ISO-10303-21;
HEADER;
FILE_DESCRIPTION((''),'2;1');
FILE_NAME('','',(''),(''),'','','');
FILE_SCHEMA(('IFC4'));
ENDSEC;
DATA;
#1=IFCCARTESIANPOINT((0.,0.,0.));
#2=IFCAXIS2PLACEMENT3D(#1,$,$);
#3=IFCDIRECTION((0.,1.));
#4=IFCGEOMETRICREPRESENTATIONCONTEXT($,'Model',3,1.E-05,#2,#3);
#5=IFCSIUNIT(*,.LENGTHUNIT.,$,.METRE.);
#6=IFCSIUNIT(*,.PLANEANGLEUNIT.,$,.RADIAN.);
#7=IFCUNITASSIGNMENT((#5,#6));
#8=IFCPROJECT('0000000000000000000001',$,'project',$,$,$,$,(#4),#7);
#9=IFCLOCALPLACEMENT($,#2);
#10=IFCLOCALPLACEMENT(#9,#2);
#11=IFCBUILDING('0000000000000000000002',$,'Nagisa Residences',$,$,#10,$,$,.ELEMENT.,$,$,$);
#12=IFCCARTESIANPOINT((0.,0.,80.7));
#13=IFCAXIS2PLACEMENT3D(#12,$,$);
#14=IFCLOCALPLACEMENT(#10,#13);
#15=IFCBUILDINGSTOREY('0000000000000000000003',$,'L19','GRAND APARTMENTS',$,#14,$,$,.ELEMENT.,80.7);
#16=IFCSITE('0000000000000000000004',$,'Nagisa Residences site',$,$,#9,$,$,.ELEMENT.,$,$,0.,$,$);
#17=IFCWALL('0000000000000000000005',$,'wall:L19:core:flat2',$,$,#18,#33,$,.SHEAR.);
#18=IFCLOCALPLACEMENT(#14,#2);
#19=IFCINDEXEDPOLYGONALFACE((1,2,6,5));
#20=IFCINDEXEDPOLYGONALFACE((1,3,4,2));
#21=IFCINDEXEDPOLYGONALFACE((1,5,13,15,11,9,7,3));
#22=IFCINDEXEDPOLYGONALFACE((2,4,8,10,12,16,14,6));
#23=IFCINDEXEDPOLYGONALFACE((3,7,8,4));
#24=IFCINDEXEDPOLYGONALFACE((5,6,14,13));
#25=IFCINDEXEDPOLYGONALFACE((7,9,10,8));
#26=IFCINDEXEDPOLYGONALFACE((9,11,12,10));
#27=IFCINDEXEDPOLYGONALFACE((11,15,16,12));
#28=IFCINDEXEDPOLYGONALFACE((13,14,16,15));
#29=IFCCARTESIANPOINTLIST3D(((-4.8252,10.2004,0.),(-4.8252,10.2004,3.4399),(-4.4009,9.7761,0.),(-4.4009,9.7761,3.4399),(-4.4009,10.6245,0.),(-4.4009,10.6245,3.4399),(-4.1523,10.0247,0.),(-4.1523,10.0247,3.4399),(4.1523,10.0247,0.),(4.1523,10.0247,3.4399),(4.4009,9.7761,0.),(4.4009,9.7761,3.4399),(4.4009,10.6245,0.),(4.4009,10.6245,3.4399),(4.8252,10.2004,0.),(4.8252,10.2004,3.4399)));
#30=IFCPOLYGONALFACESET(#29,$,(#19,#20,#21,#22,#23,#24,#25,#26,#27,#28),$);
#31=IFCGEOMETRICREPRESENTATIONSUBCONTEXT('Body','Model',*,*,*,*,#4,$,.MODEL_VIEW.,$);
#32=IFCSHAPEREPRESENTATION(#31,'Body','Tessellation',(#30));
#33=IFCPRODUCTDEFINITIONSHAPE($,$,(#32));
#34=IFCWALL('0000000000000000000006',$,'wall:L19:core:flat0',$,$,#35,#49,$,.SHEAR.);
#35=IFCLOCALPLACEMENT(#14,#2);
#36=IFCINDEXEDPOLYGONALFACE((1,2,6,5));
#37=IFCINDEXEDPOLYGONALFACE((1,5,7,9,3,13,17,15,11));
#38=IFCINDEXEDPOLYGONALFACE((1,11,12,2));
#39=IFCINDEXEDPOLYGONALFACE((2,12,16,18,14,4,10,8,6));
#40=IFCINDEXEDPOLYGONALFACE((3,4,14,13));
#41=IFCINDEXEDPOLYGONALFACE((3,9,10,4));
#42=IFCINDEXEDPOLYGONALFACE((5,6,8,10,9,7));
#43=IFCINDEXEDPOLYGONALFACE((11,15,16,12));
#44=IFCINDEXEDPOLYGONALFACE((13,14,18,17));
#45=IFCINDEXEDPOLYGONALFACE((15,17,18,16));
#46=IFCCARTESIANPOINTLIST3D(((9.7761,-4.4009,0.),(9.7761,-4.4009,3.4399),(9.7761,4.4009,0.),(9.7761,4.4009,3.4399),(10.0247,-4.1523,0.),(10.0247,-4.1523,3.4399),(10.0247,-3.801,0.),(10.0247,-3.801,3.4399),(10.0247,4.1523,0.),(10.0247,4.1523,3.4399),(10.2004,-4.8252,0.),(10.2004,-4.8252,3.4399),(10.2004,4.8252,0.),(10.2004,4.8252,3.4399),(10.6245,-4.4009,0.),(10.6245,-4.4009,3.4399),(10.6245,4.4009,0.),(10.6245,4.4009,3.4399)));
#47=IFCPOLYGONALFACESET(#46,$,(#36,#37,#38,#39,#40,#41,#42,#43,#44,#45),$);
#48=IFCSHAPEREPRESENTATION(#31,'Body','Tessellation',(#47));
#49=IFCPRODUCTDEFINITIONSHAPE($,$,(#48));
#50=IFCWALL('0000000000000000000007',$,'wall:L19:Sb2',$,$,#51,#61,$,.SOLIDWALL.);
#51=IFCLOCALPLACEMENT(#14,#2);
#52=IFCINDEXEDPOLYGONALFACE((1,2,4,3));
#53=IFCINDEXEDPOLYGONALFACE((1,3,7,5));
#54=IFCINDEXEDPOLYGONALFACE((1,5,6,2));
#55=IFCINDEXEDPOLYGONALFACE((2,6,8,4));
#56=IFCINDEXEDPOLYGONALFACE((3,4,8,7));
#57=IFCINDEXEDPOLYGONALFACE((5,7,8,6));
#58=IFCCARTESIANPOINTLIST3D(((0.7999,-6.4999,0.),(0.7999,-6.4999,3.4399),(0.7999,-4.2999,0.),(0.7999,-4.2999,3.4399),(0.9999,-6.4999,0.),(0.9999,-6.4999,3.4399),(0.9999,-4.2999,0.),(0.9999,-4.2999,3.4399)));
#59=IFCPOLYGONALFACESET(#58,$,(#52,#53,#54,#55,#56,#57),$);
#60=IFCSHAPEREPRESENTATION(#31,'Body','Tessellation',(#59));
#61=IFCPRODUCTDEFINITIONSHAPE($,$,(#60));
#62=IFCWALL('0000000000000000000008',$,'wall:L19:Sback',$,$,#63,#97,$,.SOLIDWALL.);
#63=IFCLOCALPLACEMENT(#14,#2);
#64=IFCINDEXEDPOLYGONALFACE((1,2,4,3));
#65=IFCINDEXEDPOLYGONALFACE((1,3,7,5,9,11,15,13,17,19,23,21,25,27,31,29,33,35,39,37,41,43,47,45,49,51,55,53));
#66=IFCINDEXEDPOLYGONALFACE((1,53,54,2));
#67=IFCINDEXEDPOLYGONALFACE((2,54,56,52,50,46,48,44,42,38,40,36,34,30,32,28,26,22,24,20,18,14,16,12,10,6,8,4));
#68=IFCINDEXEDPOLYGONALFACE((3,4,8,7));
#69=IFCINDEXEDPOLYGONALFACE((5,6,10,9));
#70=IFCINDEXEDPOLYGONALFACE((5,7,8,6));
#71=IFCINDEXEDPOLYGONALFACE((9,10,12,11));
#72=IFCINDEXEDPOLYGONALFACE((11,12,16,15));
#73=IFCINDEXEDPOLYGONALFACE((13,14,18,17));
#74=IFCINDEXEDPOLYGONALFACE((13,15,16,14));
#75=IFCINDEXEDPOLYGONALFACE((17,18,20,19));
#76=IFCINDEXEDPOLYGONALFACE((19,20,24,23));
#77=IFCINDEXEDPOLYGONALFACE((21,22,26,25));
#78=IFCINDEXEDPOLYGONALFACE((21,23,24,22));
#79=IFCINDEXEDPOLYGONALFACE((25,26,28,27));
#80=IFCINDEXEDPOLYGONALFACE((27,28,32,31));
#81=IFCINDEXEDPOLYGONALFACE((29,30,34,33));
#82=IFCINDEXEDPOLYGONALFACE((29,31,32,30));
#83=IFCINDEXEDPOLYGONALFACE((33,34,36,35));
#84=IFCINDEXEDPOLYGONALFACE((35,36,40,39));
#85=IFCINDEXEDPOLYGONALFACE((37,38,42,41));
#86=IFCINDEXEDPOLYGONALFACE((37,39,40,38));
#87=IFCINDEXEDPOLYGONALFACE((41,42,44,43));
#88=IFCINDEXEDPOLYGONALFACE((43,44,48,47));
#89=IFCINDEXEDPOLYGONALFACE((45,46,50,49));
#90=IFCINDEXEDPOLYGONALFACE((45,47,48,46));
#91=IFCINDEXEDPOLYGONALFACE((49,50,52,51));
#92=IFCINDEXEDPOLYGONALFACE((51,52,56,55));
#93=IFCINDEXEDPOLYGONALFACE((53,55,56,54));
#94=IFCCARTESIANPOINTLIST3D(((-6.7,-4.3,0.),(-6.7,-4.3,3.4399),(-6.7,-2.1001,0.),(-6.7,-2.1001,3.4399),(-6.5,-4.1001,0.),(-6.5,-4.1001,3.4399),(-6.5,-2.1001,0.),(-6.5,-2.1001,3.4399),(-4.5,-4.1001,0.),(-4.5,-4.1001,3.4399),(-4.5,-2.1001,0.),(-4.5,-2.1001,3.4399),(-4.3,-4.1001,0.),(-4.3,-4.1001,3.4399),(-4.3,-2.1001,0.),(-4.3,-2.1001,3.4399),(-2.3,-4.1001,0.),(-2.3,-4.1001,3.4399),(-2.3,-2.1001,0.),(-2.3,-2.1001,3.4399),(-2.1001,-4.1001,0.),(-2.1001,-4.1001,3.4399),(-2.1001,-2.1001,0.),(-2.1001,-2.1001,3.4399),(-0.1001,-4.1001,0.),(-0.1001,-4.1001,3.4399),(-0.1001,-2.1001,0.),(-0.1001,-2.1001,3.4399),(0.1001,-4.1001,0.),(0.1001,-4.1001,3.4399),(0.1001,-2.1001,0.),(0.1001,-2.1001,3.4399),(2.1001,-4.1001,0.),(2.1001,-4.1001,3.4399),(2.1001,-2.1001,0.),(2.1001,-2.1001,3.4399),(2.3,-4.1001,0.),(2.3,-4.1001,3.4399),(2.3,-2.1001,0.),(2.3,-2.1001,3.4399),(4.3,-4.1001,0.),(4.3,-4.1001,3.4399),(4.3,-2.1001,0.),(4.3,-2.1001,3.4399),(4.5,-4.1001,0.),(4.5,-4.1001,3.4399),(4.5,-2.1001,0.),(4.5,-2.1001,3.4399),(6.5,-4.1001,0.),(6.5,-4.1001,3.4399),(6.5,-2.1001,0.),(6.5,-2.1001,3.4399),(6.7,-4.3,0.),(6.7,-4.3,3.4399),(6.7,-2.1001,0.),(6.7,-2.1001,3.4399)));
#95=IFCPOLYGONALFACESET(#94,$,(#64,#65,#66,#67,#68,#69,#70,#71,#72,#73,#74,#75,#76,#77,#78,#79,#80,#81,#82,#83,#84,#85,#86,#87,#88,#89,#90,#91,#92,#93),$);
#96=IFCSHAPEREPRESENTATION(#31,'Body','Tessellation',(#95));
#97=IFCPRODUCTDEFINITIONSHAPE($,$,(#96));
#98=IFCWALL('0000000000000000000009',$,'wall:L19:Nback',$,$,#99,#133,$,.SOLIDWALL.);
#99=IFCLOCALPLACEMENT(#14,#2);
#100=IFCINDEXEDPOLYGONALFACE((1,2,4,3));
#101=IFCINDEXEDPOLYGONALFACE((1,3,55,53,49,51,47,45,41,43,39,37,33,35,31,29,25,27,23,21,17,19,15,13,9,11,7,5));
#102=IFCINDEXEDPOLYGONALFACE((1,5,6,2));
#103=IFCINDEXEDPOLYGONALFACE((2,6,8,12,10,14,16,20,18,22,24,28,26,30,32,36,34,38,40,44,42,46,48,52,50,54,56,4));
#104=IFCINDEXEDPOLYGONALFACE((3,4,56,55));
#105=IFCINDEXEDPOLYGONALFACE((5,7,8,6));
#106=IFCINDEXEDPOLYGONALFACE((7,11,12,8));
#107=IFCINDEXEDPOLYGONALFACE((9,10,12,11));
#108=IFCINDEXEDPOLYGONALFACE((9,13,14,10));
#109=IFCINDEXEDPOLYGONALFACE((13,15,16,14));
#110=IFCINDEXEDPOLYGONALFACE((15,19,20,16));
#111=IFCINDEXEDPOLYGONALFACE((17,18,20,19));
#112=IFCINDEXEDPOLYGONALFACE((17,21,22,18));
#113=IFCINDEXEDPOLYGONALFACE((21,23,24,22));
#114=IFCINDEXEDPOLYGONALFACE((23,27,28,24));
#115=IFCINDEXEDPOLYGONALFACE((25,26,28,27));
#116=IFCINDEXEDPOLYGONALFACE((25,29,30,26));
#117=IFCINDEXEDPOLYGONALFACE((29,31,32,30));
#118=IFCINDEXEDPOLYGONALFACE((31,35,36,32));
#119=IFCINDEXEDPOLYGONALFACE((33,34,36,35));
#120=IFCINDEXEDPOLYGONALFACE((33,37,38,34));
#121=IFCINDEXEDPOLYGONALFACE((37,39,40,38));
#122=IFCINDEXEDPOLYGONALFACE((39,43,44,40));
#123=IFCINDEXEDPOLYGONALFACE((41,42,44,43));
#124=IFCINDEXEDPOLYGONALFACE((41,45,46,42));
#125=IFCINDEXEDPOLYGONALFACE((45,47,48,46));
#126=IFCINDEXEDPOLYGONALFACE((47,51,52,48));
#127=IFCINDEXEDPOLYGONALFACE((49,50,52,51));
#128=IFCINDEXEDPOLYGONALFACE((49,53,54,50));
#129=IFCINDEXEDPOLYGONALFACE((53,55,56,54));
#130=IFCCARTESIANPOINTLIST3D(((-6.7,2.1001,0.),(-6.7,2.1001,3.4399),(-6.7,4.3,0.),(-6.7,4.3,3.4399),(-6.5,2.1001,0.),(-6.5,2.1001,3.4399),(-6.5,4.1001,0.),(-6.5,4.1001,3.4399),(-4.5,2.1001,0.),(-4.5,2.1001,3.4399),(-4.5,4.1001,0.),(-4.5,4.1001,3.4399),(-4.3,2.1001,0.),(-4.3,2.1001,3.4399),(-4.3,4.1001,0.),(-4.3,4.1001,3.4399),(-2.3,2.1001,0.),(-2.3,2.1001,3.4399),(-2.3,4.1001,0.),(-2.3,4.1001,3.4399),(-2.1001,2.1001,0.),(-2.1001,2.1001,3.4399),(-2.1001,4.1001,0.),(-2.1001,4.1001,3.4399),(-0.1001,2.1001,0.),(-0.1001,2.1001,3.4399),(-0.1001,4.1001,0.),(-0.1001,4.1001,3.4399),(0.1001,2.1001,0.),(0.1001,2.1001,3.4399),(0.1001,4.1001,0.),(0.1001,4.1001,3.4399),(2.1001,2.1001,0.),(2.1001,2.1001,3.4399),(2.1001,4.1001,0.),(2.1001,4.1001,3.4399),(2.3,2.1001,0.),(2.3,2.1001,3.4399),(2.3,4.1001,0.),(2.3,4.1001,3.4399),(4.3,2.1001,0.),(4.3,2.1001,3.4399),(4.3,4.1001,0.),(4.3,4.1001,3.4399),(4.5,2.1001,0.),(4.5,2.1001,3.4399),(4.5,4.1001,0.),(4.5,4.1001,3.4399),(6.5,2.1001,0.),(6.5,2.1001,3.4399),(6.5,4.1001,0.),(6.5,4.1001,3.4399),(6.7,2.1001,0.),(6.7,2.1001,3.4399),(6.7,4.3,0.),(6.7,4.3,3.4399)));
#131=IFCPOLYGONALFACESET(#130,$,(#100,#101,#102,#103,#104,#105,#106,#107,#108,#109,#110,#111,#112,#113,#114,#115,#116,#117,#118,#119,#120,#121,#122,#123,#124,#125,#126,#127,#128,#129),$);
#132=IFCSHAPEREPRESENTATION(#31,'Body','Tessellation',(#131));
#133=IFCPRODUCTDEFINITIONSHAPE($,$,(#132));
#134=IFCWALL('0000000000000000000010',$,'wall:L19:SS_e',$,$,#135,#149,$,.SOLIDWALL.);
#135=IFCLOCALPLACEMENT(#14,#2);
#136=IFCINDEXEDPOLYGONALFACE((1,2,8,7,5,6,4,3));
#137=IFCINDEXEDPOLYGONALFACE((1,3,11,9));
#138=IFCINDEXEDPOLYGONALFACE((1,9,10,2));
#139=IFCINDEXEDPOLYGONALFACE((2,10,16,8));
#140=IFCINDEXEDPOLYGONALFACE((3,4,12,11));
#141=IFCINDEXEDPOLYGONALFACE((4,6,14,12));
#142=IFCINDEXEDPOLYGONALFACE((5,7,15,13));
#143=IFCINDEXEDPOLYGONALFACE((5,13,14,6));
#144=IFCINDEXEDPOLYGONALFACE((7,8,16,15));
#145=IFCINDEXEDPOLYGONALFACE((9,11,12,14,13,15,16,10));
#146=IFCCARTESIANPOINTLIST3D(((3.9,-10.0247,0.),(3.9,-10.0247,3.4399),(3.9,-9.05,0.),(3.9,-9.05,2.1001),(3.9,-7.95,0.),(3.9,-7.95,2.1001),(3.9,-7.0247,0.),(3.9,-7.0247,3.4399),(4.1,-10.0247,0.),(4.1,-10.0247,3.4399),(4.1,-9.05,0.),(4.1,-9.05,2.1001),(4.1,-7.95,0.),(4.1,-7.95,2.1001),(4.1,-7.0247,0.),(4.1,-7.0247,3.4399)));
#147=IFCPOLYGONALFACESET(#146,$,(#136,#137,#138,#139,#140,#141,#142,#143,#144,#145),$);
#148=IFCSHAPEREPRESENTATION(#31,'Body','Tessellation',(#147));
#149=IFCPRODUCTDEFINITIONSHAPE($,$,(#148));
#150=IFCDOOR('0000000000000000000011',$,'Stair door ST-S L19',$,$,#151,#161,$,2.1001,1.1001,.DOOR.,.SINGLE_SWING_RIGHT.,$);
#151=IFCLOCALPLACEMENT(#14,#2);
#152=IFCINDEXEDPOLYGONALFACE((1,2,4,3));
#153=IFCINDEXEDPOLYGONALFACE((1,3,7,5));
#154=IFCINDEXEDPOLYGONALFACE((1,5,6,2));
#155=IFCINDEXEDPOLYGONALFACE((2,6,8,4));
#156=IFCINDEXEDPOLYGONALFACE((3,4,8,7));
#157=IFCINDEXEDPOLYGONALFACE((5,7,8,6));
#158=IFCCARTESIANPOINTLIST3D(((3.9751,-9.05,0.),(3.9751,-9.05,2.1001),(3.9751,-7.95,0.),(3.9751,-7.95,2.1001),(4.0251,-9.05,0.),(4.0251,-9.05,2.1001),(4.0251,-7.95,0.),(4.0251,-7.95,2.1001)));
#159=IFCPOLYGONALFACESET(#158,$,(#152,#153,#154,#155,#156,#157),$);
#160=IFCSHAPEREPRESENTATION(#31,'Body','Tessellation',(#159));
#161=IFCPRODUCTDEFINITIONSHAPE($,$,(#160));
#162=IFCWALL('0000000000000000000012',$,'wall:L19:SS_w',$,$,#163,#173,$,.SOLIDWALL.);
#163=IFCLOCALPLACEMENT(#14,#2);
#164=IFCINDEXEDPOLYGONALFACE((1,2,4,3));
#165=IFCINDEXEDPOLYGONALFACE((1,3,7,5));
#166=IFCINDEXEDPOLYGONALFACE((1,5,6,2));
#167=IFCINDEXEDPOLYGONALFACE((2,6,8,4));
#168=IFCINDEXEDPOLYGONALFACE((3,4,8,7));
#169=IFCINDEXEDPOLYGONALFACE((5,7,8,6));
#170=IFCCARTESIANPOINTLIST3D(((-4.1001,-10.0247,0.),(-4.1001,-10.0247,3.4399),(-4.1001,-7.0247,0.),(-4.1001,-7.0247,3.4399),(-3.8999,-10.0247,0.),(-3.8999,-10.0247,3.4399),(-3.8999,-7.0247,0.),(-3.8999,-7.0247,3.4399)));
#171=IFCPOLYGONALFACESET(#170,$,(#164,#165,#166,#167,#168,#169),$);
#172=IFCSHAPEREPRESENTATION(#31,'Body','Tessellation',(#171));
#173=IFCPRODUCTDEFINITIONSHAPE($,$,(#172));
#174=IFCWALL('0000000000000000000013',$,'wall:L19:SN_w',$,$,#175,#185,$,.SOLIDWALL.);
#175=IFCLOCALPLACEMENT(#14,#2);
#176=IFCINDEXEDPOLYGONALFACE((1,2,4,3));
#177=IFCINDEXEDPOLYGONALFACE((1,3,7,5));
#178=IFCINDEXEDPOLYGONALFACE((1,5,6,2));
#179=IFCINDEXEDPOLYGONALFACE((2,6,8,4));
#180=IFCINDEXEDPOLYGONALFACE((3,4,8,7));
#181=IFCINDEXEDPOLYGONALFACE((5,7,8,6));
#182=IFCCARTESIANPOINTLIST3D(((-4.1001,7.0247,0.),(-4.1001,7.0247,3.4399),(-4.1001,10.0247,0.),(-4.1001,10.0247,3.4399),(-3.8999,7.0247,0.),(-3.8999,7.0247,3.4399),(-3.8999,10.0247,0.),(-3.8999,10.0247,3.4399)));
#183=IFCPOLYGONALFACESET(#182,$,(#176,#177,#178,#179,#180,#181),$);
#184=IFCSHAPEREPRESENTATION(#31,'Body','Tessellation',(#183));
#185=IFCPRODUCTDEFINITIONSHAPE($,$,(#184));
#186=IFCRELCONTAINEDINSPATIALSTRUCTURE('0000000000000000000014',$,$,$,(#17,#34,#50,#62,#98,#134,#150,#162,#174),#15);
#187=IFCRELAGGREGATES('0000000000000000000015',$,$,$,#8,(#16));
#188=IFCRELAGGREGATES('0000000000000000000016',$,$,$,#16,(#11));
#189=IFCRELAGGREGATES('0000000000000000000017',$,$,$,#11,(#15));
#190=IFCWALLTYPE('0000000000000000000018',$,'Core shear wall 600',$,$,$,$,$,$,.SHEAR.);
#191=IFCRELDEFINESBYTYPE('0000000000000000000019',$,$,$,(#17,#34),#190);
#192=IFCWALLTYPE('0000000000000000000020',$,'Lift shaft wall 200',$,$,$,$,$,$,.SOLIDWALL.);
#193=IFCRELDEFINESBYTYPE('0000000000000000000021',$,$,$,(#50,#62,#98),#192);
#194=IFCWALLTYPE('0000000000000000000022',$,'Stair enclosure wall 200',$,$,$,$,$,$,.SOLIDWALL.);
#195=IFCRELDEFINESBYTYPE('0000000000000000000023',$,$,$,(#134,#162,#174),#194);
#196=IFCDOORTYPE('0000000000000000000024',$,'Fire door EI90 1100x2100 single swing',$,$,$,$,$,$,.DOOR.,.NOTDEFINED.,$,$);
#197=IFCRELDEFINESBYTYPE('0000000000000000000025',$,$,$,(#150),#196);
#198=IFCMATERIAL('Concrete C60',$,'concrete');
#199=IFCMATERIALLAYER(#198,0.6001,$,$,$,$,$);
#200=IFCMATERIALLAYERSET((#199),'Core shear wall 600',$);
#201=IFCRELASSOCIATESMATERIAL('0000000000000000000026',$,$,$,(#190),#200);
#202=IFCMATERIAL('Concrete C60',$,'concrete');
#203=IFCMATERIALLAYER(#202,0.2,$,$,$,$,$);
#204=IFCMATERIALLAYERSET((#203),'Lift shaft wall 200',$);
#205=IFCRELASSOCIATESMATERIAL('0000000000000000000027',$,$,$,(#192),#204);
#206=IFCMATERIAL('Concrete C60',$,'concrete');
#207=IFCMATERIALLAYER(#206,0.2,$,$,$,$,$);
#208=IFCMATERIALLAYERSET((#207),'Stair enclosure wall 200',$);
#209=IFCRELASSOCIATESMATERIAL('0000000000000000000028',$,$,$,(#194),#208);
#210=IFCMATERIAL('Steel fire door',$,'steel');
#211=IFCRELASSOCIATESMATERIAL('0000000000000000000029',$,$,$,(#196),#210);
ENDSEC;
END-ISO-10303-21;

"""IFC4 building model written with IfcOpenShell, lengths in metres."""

from ifc_helpers import new_model, si_unit, direction, frame, frame_2d, origin, place, context, subcontext, project, spatial, polyline, rectangle, outline, extrude, material, layer, layer_set, type_object, element, fill, save


model = new_model("IFC4")

# Units and contexts
model_context = context("Model", 3, precision=1e-05, world=origin(), true_north=direction((0.0, 1.0)))
body_context = subcontext(model_context, "Body", "Model", "MODEL_VIEW")
ifc_project = project(units=[si_unit("LENGTHUNIT", "METRE"), si_unit("PLANEANGLEUNIT", "RADIAN")], contexts=[model_context])

# Site, building, storey
site_placement = place(None, origin())
site = spatial("IfcSite", under=ifc_project, at=site_placement, Name="Nagisa Residences site", CompositionType="ELEMENT", RefElevation=0.0)
building_placement = place(site_placement, origin())
building = spatial("IfcBuilding", under=site, at=building_placement, Name="Nagisa Residences", CompositionType="ELEMENT")
storey_placement = place(building_placement, frame((0.0, 0.0, 80.7)))
storey = spatial("IfcBuildingStorey", under=building, at=storey_placement, Name="L19", Description="GRAND APARTMENTS", CompositionType="ELEMENT", Elevation=80.7)

# Walls
ifc_material_1 = material(Name="Concrete C60", Category="concrete")
ifc_layer_1 = layer(ifc_material_1, 0.6001)
ifc_layer_set_1 = layer_set([ifc_layer_1], Name="Core shear wall 600")
wall_type_1 = type_object("IfcWallType", Name="Core shear wall 600", PredefinedType="SHEAR", material=ifc_layer_set_1)
wall_1_placement = place(storey_placement, origin())
element("IfcWall", 1, at=wall_1_placement, inside=storey, type_object=wall_type_1, Name="wall:L19:core:flat2", PredefinedType="SHEAR", context=body_context, shape_type="SweptSolid", body=[
    extrude(outline(polyline([(-4.1523, 10.0247), (-4.4009, 9.7761), (-4.8252, 10.2004), (-4.4009, 10.6245), (4.4009, 10.6245), (4.8252, 10.2004), (4.4009, 9.7761), (4.1523, 10.0247), (-4.1523, 10.0247)])), origin(), (0.0, 0.0, 1.0), 3.4399),
])
wall_2_placement = place(storey_placement, origin())
element("IfcWall", 2, at=wall_2_placement, inside=storey, type_object=wall_type_1, Name="wall:L19:core:flat0", PredefinedType="SHEAR", context=body_context, shape_type="SweptSolid", body=[
    extrude(outline(polyline([(9.7761, -4.4009), (10.0247, -4.1523), (10.0247, -3.801), (10.0247, 4.1523), (9.7761, 4.4009), (10.2004, 4.8252), (10.6245, 4.4009), (10.6245, -4.4009), (10.2004, -4.8252), (9.7761, -4.4009)])), origin(), (0.0, 0.0, 1.0), 3.4399),
])
ifc_material_2 = material(Name="Concrete C60", Category="concrete")
ifc_layer_2 = layer(ifc_material_2, 0.2)
ifc_layer_set_2 = layer_set([ifc_layer_2], Name="Lift shaft wall 200")
wall_type_2 = type_object("IfcWallType", Name="Lift shaft wall 200", PredefinedType="SOLIDWALL", material=ifc_layer_set_2)
wall_3_placement = place(storey_placement, frame((0.8999, -6.5, 0.0), z_axis=(0.0, 0.0, 1.0), x_axis=(0.0, 1.0, 0.0)))
element("IfcWall", 3, at=wall_3_placement, inside=storey, type_object=wall_type_2, Name="wall:L19:Sb2", PredefinedType="SOLIDWALL", context=body_context, shape_type="SweptSolid", body=[
    extrude(rectangle(XDim=2.2, YDim=0.2, at=frame_2d((1.1001, 0.0))), origin(), (0.0, 0.0, 1.0), 3.4399),
])
wall_4_placement = place(storey_placement, origin())
element("IfcWall", 4, at=wall_4_placement, inside=storey, type_object=wall_type_2, Name="wall:L19:Sback", PredefinedType="SOLIDWALL", context=body_context, shape_type="SweptSolid", body=[
    extrude(outline(polyline([(-6.7, -2.1001), (-6.5, -2.1001), (-6.5, -4.1001), (-4.5, -4.1001), (-4.5, -2.1001), (-4.3, -2.1001), (-4.3, -4.1001), (-2.3, -4.1001), (-2.3, -2.1001), (-2.1001, -2.1001), (-2.1001, -4.1001), (-0.1001, -4.1001), (-0.1001, -2.1001), (0.1001, -2.1001), (0.1001, -4.1001), (2.1001, -4.1001), (2.1001, -2.1001), (2.3, -2.1001), (2.3, -4.1001), (4.3, -4.1001), (4.3, -2.1001), (4.5, -2.1001), (4.5, -4.1001), (6.5, -4.1001), (6.5, -2.1001), (6.7, -2.1001), (6.7, -4.3), (-6.7, -4.3), (-6.7, -2.1001)])), origin(), (0.0, 0.0, 1.0), 3.4399),
])
wall_5_placement = place(storey_placement, origin())
element("IfcWall", 5, at=wall_5_placement, inside=storey, type_object=wall_type_2, Name="wall:L19:Nback", PredefinedType="SOLIDWALL", context=body_context, shape_type="SweptSolid", body=[
    extrude(outline(polyline([(-6.5, 2.1001), (-6.7, 2.1001), (-6.7, 4.3), (6.7, 4.3), (6.7, 2.1001), (6.5, 2.1001), (6.5, 4.1001), (4.5, 4.1001), (4.5, 2.1001), (4.3, 2.1001), (4.3, 4.1001), (2.3, 4.1001), (2.3, 2.1001), (2.1001, 2.1001), (2.1001, 4.1001), (0.1001, 4.1001), (0.1001, 2.1001), (-0.1001, 2.1001), (-0.1001, 4.1001), (-2.1001, 4.1001), (-2.1001, 2.1001), (-2.3, 2.1001), (-2.3, 4.1001), (-4.3, 4.1001), (-4.3, 2.1001), (-4.5, 2.1001), (-4.5, 4.1001), (-6.5, 4.1001), (-6.5, 2.1001)])), origin(), (0.0, 0.0, 1.0), 3.4399),
])

# Wall, opening, door
ifc_material_3 = material(Name="Concrete C60", Category="concrete")
ifc_layer_3 = layer(ifc_material_3, 0.2)
ifc_layer_set_3 = layer_set([ifc_layer_3], Name="Stair enclosure wall 200")
wall_type_3 = type_object("IfcWallType", Name="Stair enclosure wall 200", PredefinedType="SOLIDWALL", material=ifc_layer_set_3)
wall_6_placement = place(storey_placement, frame((4.0, -10.0247, 0.0), z_axis=(0.0, 0.0, 1.0), x_axis=(0.0, 1.0, 0.0)))
wall_6 = element("IfcWall", 6, at=wall_6_placement, inside=storey, type_object=wall_type_3, Name="wall:L19:SS_e", PredefinedType="SOLIDWALL", context=body_context, shape_type="SweptSolid", body=[
    extrude(rectangle(XDim=3.0, YDim=0.2, at=frame_2d((1.5, 0.0))), origin(), (0.0, 0.0, 1.0), 3.4399),
])
opening_placement = place(wall_6_placement, frame((0.9746, 0.0, 0.0)))
opening = element("IfcOpeningElement", 7, at=opening_placement, cuts=wall_6, PredefinedType="OPENING", context=body_context, shape_type="SweptSolid", body=[
    extrude(rectangle(XDim=1.1001, YDim=2.1001, at=frame_2d((0.55, 1.05))), frame((0.0, 0.1099, 0.0), z_axis=(0.0, -1.0, 0.0), x_axis=(1.0, 0.0, 0.0)), (0.0, 0.0, 1.0), 0.22),
])
ifc_material_4 = material(Name="Steel fire door", Category="steel")
door_type = type_object("IfcDoorType", Name="Fire door EI90 1100x2100 single swing", OperationType="NOTDEFINED", PredefinedType="DOOR", material=ifc_material_4)
door_placement = place(opening_placement, origin())
door = element("IfcDoor", 8, at=door_placement, inside=storey, type_object=door_type, Name="Stair door ST-S L19", OperationType="SINGLE_SWING_RIGHT", OverallHeight=2.1001, OverallWidth=1.1001, PredefinedType="DOOR", context=body_context, shape_type="SweptSolid", body=[
    extrude(rectangle(XDim=1.1001, YDim=2.1001, at=frame_2d((0.55, 1.05))), frame((0.0, 0.0249, 0.0), z_axis=(0.0, -1.0, 0.0), x_axis=(1.0, 0.0, 0.0)), (0.0, 0.0, 1.0), 0.05),
])
fill(opening, door)

# Walls
wall_7_placement = place(storey_placement, origin())
element("IfcWall", 9, at=wall_7_placement, inside=storey, type_object=wall_type_3, Name="wall:L19:SS_w", PredefinedType="SOLIDWALL", context=body_context, shape_type="SweptSolid", body=[
    extrude(outline(polyline([(-3.8999, -10.0247), (-4.1001, -10.0247), (-4.1001, -7.0247), (-3.8999, -7.0247), (-3.8999, -10.0247)])), origin(), (0.0, 0.0, 1.0), 3.4399),
])
wall_8_placement = place(storey_placement, origin())
element("IfcWall", 10, at=wall_8_placement, inside=storey, type_object=wall_type_3, Name="wall:L19:SN_w", PredefinedType="SOLIDWALL", context=body_context, shape_type="SweptSolid", body=[
    extrude(outline(polyline([(-3.8999, 7.0247), (-4.1001, 7.0247), (-4.1001, 10.0247), (-3.8999, 10.0247), (-3.8999, 7.0247)])), origin(), (0.0, 0.0, 1.0), 3.4399),
])

save(model, "model.ifc")
